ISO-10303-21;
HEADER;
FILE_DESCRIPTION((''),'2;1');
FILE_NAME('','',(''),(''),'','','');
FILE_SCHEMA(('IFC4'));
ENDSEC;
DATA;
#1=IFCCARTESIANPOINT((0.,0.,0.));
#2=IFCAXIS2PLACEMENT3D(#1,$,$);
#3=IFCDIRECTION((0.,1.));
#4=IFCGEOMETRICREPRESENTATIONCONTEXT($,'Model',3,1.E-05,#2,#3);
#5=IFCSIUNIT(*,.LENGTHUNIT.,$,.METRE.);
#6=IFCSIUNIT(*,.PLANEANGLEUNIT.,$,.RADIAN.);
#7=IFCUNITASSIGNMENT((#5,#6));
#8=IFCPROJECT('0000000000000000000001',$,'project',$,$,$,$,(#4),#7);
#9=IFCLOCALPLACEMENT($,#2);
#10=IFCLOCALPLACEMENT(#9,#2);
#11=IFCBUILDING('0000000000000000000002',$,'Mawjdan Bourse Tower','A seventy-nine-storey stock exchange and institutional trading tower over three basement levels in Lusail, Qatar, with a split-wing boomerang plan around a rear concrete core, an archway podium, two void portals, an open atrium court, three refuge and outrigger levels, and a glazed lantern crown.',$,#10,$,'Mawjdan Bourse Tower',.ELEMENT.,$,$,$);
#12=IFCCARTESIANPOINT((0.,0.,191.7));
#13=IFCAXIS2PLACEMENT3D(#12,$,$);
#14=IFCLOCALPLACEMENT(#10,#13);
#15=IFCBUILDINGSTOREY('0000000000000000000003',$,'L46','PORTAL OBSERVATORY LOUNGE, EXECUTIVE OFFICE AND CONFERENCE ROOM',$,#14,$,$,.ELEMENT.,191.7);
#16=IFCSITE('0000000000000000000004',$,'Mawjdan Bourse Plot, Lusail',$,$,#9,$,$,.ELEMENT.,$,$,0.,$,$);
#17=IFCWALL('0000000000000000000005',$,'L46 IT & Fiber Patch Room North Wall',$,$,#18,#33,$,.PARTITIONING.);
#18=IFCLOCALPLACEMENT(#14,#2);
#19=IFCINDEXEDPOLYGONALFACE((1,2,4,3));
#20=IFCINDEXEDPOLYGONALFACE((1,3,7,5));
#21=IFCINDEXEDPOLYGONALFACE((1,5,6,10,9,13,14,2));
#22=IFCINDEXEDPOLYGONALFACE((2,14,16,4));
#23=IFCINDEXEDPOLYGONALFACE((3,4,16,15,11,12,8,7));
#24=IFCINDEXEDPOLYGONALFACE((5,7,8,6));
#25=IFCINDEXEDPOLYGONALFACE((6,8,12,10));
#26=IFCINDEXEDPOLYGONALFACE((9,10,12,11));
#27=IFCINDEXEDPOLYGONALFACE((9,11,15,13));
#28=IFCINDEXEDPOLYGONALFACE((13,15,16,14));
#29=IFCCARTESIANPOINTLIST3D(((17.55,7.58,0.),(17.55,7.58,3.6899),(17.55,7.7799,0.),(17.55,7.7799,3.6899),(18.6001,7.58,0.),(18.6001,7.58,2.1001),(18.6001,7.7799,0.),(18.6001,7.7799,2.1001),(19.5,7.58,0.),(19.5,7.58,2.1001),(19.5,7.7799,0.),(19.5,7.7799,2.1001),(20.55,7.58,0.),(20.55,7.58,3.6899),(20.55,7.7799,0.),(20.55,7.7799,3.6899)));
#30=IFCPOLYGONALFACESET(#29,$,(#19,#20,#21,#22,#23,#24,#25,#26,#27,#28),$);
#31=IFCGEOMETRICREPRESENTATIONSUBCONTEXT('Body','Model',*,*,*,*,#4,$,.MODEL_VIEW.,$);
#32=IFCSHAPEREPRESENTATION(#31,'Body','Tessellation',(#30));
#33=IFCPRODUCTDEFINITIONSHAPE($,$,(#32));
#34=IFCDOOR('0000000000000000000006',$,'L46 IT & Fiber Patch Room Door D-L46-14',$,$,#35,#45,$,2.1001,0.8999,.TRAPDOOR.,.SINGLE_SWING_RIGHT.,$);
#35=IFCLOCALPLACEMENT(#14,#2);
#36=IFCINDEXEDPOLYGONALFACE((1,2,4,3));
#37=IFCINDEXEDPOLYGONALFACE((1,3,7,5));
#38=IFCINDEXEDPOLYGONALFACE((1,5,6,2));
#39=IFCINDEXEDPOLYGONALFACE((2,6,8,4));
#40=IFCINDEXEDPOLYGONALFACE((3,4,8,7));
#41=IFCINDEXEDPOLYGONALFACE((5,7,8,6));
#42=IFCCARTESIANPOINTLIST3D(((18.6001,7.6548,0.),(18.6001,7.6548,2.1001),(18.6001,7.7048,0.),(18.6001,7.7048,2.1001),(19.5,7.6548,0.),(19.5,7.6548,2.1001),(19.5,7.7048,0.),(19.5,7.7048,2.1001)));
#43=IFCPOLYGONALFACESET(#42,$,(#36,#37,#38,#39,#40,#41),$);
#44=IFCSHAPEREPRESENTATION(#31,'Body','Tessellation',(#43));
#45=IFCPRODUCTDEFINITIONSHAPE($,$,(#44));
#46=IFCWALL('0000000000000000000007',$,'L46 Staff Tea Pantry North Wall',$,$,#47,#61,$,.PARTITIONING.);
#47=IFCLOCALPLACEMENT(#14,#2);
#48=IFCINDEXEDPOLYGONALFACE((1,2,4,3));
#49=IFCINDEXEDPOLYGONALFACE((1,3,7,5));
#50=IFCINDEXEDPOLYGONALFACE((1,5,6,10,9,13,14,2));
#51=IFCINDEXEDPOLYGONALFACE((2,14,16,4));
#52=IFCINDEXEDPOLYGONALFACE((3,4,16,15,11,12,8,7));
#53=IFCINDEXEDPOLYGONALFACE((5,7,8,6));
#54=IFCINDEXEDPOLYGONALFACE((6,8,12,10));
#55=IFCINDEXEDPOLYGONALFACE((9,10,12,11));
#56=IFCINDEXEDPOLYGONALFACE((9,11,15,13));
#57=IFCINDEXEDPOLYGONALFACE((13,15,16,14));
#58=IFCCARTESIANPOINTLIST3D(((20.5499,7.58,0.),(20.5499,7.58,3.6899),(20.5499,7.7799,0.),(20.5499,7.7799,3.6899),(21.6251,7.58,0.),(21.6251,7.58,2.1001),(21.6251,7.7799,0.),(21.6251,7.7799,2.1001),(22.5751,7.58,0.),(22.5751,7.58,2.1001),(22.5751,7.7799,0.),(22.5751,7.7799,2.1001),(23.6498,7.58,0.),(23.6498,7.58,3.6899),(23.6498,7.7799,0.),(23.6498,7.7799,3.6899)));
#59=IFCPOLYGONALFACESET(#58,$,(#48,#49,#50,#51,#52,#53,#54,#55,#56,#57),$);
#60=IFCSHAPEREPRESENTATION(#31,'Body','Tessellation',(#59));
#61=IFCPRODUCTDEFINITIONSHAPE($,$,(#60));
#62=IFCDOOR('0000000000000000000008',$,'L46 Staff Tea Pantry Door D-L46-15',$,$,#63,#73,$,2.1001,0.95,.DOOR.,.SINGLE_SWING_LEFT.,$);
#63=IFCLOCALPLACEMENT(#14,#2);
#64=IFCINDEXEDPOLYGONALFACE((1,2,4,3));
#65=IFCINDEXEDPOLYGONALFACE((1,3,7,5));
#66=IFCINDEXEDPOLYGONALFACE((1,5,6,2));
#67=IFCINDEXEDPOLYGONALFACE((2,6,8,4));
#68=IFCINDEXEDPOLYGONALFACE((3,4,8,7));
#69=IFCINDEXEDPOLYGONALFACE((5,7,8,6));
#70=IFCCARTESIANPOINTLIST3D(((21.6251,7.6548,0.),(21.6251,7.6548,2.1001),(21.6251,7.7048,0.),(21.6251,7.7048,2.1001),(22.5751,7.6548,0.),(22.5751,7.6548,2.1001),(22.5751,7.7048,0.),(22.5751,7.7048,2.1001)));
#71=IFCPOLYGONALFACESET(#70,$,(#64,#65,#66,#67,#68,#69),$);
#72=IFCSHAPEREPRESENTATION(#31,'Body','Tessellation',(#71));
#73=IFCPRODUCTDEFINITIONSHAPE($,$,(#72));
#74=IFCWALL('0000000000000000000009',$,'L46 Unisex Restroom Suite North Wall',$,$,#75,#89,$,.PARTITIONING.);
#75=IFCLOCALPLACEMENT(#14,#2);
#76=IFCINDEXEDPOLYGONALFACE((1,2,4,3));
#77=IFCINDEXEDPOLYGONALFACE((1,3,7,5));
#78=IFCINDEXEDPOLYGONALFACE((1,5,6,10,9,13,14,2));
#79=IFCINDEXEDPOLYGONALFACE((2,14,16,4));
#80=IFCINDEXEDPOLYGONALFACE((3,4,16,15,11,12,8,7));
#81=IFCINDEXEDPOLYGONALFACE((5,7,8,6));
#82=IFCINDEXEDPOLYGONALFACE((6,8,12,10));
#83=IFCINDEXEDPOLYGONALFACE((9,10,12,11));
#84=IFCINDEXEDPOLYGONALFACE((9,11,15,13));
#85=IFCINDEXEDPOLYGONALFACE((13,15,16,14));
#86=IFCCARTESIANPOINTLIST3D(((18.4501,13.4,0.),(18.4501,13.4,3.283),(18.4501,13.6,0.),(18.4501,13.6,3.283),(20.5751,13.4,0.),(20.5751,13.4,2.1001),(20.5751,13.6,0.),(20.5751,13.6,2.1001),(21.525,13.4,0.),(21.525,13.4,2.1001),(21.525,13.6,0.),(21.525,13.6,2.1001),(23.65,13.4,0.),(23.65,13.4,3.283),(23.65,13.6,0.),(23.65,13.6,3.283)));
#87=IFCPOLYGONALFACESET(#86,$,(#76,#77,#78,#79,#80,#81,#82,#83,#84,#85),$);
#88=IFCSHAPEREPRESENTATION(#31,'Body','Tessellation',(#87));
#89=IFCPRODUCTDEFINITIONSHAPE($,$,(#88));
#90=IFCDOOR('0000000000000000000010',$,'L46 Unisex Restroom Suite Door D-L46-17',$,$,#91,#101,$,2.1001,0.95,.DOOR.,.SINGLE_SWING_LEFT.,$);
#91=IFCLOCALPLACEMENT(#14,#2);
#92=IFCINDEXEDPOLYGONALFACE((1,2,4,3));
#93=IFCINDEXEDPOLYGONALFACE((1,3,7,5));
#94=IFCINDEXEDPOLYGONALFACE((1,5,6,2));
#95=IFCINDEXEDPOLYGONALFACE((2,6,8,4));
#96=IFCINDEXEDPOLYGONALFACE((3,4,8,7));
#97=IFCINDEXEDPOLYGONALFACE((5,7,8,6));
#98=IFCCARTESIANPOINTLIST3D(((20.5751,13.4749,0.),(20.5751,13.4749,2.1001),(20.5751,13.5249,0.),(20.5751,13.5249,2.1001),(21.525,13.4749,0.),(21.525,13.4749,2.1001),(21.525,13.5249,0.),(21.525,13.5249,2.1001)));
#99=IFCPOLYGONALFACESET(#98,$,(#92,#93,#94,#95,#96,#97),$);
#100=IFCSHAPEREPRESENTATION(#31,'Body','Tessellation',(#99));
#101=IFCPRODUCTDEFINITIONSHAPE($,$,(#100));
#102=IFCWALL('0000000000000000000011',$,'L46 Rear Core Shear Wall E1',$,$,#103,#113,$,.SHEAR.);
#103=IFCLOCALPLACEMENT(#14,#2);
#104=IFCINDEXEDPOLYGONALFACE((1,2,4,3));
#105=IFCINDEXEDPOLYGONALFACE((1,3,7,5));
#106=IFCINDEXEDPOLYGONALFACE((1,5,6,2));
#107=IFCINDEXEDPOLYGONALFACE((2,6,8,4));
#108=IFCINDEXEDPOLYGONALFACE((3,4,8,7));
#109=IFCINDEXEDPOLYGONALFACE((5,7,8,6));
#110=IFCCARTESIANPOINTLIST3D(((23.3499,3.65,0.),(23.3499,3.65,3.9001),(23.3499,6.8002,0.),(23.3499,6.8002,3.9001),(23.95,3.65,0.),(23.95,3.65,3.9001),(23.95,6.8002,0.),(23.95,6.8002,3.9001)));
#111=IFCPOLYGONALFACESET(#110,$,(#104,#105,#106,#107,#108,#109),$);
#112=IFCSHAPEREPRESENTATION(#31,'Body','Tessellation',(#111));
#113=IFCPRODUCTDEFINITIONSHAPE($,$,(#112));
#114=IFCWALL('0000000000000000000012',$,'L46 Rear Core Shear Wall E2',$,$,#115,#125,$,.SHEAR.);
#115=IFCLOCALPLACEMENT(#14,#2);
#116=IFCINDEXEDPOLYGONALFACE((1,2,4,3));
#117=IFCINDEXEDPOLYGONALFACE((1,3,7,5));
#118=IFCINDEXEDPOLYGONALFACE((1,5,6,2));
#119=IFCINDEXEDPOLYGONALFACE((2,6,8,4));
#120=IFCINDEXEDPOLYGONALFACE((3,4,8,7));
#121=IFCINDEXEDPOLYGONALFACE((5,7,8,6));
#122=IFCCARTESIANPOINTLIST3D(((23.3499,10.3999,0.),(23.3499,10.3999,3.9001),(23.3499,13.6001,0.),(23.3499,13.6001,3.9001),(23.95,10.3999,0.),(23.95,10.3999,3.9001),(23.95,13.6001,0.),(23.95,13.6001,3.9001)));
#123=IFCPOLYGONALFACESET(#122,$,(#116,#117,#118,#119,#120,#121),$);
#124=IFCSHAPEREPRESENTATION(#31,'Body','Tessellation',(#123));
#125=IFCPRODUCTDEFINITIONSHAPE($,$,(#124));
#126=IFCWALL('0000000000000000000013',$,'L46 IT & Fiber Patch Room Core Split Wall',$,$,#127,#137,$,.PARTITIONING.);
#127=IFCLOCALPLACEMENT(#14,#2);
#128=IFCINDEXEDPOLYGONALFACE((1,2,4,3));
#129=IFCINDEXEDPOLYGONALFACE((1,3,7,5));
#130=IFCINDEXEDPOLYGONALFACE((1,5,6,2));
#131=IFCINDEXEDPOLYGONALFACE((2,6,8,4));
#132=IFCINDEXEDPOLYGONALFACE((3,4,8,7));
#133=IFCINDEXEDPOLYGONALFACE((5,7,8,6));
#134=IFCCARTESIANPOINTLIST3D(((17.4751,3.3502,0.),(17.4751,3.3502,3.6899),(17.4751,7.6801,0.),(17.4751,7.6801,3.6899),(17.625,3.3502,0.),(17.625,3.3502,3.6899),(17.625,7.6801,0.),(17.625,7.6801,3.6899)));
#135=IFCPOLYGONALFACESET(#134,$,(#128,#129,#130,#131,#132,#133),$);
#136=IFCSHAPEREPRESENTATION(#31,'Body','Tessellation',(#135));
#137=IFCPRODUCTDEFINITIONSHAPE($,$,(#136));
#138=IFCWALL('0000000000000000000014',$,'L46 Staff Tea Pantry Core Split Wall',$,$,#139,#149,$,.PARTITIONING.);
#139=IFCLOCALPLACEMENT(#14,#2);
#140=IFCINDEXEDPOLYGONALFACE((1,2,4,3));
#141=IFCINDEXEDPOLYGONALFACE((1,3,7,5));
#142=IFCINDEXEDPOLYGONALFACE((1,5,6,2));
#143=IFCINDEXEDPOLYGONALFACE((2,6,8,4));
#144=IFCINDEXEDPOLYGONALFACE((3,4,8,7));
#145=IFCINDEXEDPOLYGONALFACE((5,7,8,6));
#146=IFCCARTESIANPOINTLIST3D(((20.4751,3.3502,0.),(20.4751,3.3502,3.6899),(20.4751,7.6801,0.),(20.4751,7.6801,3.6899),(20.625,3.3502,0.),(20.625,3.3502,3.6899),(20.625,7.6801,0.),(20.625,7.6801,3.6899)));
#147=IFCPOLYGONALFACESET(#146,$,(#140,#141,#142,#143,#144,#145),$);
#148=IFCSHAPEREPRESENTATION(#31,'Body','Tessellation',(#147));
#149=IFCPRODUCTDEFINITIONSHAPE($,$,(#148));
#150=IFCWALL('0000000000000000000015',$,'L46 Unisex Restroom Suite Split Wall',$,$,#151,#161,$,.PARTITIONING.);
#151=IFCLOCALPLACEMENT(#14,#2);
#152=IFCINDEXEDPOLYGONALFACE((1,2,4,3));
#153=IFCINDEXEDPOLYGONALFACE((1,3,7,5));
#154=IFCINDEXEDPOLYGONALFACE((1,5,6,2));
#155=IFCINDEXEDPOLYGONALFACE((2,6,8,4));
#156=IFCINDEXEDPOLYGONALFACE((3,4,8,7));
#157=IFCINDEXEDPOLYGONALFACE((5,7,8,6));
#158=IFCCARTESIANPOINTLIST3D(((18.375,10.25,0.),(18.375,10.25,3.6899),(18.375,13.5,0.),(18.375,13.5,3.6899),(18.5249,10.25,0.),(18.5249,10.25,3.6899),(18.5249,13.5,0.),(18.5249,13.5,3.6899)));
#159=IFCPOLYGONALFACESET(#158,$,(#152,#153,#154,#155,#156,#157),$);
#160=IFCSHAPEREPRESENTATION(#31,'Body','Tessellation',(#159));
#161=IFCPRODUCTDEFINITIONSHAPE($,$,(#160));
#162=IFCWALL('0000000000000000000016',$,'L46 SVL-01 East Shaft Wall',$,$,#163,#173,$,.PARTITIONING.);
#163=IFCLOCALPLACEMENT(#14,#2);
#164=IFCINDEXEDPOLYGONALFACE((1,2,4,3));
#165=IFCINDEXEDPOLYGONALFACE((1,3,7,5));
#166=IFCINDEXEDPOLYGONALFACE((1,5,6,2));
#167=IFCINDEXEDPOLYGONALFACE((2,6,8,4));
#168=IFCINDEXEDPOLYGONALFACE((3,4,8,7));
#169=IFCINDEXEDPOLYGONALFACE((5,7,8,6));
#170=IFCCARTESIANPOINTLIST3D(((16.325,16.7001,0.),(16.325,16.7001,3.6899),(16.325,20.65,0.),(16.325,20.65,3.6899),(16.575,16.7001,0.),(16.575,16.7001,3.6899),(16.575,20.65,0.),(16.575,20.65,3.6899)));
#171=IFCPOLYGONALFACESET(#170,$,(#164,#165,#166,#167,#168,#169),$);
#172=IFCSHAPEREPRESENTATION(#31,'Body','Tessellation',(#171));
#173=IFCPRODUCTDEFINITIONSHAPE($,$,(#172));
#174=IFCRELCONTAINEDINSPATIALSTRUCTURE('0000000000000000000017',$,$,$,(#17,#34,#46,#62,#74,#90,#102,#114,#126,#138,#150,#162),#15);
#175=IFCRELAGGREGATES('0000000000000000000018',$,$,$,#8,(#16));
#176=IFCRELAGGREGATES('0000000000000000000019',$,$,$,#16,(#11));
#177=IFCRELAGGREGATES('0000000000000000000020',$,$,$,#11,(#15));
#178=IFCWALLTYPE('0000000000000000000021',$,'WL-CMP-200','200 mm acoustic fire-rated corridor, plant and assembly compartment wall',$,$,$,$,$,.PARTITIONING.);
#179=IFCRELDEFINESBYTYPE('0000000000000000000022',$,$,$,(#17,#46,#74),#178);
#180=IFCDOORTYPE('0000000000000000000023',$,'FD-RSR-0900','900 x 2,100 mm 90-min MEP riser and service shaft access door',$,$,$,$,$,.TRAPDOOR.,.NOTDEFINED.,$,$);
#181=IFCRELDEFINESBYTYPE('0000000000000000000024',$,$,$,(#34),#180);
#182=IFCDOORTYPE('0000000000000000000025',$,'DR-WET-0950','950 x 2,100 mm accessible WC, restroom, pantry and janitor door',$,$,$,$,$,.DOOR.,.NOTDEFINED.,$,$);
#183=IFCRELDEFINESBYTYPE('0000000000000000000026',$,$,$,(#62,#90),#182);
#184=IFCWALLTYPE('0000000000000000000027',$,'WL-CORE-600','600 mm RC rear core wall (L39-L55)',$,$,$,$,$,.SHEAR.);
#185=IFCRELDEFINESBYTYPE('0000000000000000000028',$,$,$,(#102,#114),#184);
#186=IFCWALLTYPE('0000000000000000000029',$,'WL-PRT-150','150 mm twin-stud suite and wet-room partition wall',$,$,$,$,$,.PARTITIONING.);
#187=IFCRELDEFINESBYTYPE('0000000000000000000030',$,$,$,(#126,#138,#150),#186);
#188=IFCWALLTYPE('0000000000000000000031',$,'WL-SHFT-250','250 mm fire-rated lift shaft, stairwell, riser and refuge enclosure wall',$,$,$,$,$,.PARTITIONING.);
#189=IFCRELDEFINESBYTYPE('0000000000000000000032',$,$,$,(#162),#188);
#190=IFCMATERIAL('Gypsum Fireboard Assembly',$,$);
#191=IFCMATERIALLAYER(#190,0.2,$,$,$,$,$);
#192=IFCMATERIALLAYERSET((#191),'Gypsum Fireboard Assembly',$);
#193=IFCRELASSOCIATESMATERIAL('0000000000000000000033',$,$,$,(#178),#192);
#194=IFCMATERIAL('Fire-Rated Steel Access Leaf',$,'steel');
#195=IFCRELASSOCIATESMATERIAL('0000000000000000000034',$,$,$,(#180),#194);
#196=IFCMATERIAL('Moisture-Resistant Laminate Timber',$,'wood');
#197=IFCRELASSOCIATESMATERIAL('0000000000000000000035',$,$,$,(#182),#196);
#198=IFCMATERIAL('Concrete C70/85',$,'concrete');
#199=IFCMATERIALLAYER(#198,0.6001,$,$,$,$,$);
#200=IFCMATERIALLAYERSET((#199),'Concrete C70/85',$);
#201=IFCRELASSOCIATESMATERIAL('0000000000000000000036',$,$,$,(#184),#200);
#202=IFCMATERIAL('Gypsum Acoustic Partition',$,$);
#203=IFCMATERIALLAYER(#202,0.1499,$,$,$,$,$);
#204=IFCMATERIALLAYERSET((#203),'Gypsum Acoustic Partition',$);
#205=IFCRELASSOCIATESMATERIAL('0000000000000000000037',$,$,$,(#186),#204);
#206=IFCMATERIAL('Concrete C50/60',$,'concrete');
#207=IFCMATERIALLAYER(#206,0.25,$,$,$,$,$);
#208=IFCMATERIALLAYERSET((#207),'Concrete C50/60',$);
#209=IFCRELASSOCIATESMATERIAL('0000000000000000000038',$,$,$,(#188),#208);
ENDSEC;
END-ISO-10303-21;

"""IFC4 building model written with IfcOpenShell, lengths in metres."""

from ifc_helpers import new_model, si_unit, direction, frame, frame_2d, origin, place, context, subcontext, project, spatial, rectangle, extrude, material, layer, layer_set, type_object, element, fill, save


model = new_model("IFC4")

# Units and contexts
model_context = context("Model", 3, precision=1e-05, world=origin(), true_north=direction((0.0, 1.0)))
body_context = subcontext(model_context, "Body", "Model", "MODEL_VIEW")
ifc_project = project(units=[si_unit("LENGTHUNIT", "METRE"), si_unit("PLANEANGLEUNIT", "RADIAN")], contexts=[model_context])

# Site, building, storey
site_placement = place(None, origin())
site = spatial("IfcSite", under=ifc_project, at=site_placement, Name="Mawjdan Bourse Plot, Lusail", CompositionType="ELEMENT", RefElevation=0.0)
building_placement = place(site_placement, origin())
building = spatial("IfcBuilding", under=site, at=building_placement, Name="Mawjdan Bourse Tower", Description="A seventy-nine-storey stock exchange and institutional trading tower over three basement levels in Lusail, Qatar, with a split-wing boomerang plan around a rear concrete core, an archway podium, two void portals, an open atrium court, three refuge and outrigger levels, and a glazed lantern crown.", LongName="Mawjdan Bourse Tower", CompositionType="ELEMENT")
storey_placement = place(building_placement, frame((0.0, 0.0, 191.7)))
storey = spatial("IfcBuildingStorey", under=building, at=storey_placement, Name="L46", Description="PORTAL OBSERVATORY LOUNGE, EXECUTIVE OFFICE AND CONFERENCE ROOM", CompositionType="ELEMENT", Elevation=191.7)

# Shared definitions
ifc_material_1 = material(Name="Concrete C70/85", Category="concrete")

# Walls, openings, doors
ifc_material_2 = material(Name="Gypsum Fireboard Assembly")
ifc_layer_1 = layer(ifc_material_2, 0.2)
ifc_layer_set_1 = layer_set([ifc_layer_1], Name="Gypsum Fireboard Assembly")
wall_type_1 = type_object("IfcWallType", Name="WL-CMP-200", Description="200 mm acoustic fire-rated corridor, plant and assembly compartment wall", PredefinedType="PARTITIONING", material=ifc_layer_set_1)
wall_1_placement = place(storey_placement, frame((17.55, 7.6799, 0.0), z_axis=(0.0, 0.0, 1.0), x_axis=(1.0, 0.0, 0.0)))
wall_1 = element("IfcWall", 1, at=wall_1_placement, inside=storey, type_object=wall_type_1, Name="L46 IT & Fiber Patch Room North Wall", PredefinedType="PARTITIONING", context=body_context, shape_type="SweptSolid", body=[
    extrude(rectangle(XDim=3.0, YDim=0.2, at=frame_2d((1.5, 0.0))), origin(), (0.0, 0.0, 1.0), 3.6899),
])
opening_1_placement = place(wall_1_placement, frame((1.05, 0.0, 0.0)))
opening_1 = element("IfcOpeningElement", 2, at=opening_1_placement, cuts=wall_1, PredefinedType="OPENING", context=body_context, shape_type="SweptSolid", body=[
    extrude(rectangle(XDim=0.8999, YDim=2.1001, at=frame_2d((0.45, 1.05))), frame((0.0, 0.1099, 0.0), z_axis=(0.0, -1.0, 0.0), x_axis=(1.0, 0.0, 0.0)), (0.0, 0.0, 1.0), 0.22),
])
ifc_material_3 = material(Name="Fire-Rated Steel Access Leaf", Category="steel")
door_type_1 = type_object("IfcDoorType", Name="FD-RSR-0900", Description="900 x 2,100 mm 90-min MEP riser and service shaft access door", OperationType="NOTDEFINED", PredefinedType="TRAPDOOR", material=ifc_material_3)
door_1_placement = place(opening_1_placement, origin())
door_1 = element("IfcDoor", 3, at=door_1_placement, inside=storey, type_object=door_type_1, Name="L46 IT & Fiber Patch Room Door D-L46-14", OperationType="SINGLE_SWING_RIGHT", OverallHeight=2.1001, OverallWidth=0.8999, PredefinedType="TRAPDOOR", context=body_context, shape_type="SweptSolid", body=[
    extrude(rectangle(XDim=0.8999, YDim=2.1001, at=frame_2d((0.45, 1.05))), frame((0.0, 0.0249, 0.0), z_axis=(0.0, -1.0, 0.0), x_axis=(1.0, 0.0, 0.0)), (0.0, 0.0, 1.0), 0.05),
])
fill(opening_1, door_1)
wall_2_placement = place(storey_placement, frame((20.55, 7.6799, 0.0), z_axis=(0.0, 0.0, 1.0), x_axis=(1.0, 0.0, 0.0)))
wall_2 = element("IfcWall", 4, at=wall_2_placement, inside=storey, type_object=wall_type_1, Name="L46 Staff Tea Pantry North Wall", PredefinedType="PARTITIONING", context=body_context, shape_type="SweptSolid", body=[
    extrude(rectangle(XDim=3.0999, YDim=0.2, at=frame_2d((1.5498, 0.0))), origin(), (0.0, 0.0, 1.0), 3.6899),
])
opening_2_placement = place(wall_2_placement, frame((1.075, 0.0, 0.0)))
opening_2 = element("IfcOpeningElement", 5, at=opening_2_placement, cuts=wall_2, PredefinedType="OPENING", context=body_context, shape_type="SweptSolid", body=[
    extrude(rectangle(XDim=0.95, YDim=2.1001, at=frame_2d((0.4751, 1.05))), frame((0.0, 0.1099, 0.0), z_axis=(0.0, -1.0, 0.0), x_axis=(1.0, 0.0, 0.0)), (0.0, 0.0, 1.0), 0.22),
])
ifc_material_4 = material(Name="Moisture-Resistant Laminate Timber", Category="wood")
door_type_2 = type_object("IfcDoorType", Name="DR-WET-0950", Description="950 x 2,100 mm accessible WC, restroom, pantry and janitor door", OperationType="NOTDEFINED", PredefinedType="DOOR", material=ifc_material_4)
door_2_placement = place(opening_2_placement, origin())
door_2 = element("IfcDoor", 6, at=door_2_placement, inside=storey, type_object=door_type_2, Name="L46 Staff Tea Pantry Door D-L46-15", OperationType="SINGLE_SWING_LEFT", OverallHeight=2.1001, OverallWidth=0.95, PredefinedType="DOOR", context=body_context, shape_type="SweptSolid", body=[
    extrude(rectangle(XDim=0.95, YDim=2.1001, at=frame_2d((0.4751, 1.05))), frame((0.0, 0.0249, 0.0), z_axis=(0.0, -1.0, 0.0), x_axis=(1.0, 0.0, 0.0)), (0.0, 0.0, 1.0), 0.05),
])
fill(opening_2, door_2)
wall_3_placement = place(storey_placement, frame((18.45, 13.5, 0.0), z_axis=(0.0, 0.0, 1.0), x_axis=(1.0, 0.0, 0.0)))
wall_3 = element("IfcWall", 7, at=wall_3_placement, inside=storey, type_object=wall_type_1, Name="L46 Unisex Restroom Suite North Wall", PredefinedType="PARTITIONING", context=body_context, shape_type="SweptSolid", body=[
    extrude(rectangle(XDim=5.2, YDim=0.2, at=frame_2d((2.6001, 0.0))), origin(), (0.0, 0.0, 1.0), 3.283),
])
opening_3_placement = place(wall_3_placement, frame((2.125, 0.0, 0.0)))
opening_3 = element("IfcOpeningElement", 8, at=opening_3_placement, cuts=wall_3, PredefinedType="OPENING", context=body_context, shape_type="SweptSolid", body=[
    extrude(rectangle(XDim=0.95, YDim=2.1001, at=frame_2d((0.4751, 1.05))), frame((0.0, 0.1099, 0.0), z_axis=(0.0, -1.0, 0.0), x_axis=(1.0, 0.0, 0.0)), (0.0, 0.0, 1.0), 0.22),
])
door_3_placement = place(opening_3_placement, origin())
door_3 = element("IfcDoor", 9, at=door_3_placement, inside=storey, type_object=door_type_2, Name="L46 Unisex Restroom Suite Door D-L46-17", OperationType="SINGLE_SWING_LEFT", OverallHeight=2.1001, OverallWidth=0.95, PredefinedType="DOOR", context=body_context, shape_type="SweptSolid", body=[
    extrude(rectangle(XDim=0.95, YDim=2.1001, at=frame_2d((0.4751, 1.05))), frame((0.0, 0.0249, 0.0), z_axis=(0.0, -1.0, 0.0), x_axis=(1.0, 0.0, 0.0)), (0.0, 0.0, 1.0), 0.05),
])
fill(opening_3, door_3)

# Walls
ifc_layer_2 = layer(ifc_material_1, 0.6001)
ifc_layer_set_2 = layer_set([ifc_layer_2], Name="Concrete C70/85")
wall_type_2 = type_object("IfcWallType", Name="WL-CORE-600", Description="600 mm RC rear core wall (L39-L55)", PredefinedType="SHEAR", material=ifc_layer_set_2)
wall_4_placement = place(storey_placement, frame((23.6499, 3.6499, 0.0), z_axis=(0.0, 0.0, 1.0), x_axis=(0.0, 1.0, 0.0)))
element("IfcWall", 10, at=wall_4_placement, inside=storey, type_object=wall_type_2, Name="L46 Rear Core Shear Wall E1", PredefinedType="SHEAR", context=body_context, shape_type="SweptSolid", body=[
    extrude(rectangle(XDim=3.1501, YDim=0.6001, at=frame_2d((1.5752, 0.0))), origin(), (0.0, 0.0, 1.0), 3.9001),
])
wall_5_placement = place(storey_placement, frame((23.6499, 10.3999, 0.0), z_axis=(0.0, 0.0, 1.0), x_axis=(0.0, 1.0, 0.0)))
element("IfcWall", 11, at=wall_5_placement, inside=storey, type_object=wall_type_2, Name="L46 Rear Core Shear Wall E2", PredefinedType="SHEAR", context=body_context, shape_type="SweptSolid", body=[
    extrude(rectangle(XDim=3.2002, YDim=0.6001, at=frame_2d((1.6001, 0.0))), origin(), (0.0, 0.0, 1.0), 3.9001),
])
ifc_material_5 = material(Name="Gypsum Acoustic Partition")
ifc_layer_3 = layer(ifc_material_5, 0.1499)
ifc_layer_set_3 = layer_set([ifc_layer_3], Name="Gypsum Acoustic Partition")
wall_type_3 = type_object("IfcWallType", Name="WL-PRT-150", Description="150 mm twin-stud suite and wet-room partition wall", PredefinedType="PARTITIONING", material=ifc_layer_set_3)
for number, where, z_axis, x_axis, name in (
    (12, (17.55, 3.3501, 0.0), (0.0, 0.0, 1.0), (0.0, 1.0, 0.0), "L46 IT & Fiber Patch Room Core Split Wall"),
    (13, (20.55, 3.3501, 0.0), (0.0, 0.0, 1.0), (0.0, 1.0, 0.0), "L46 Staff Tea Pantry Core Split Wall"),
):
    element("IfcWall", number, at=place(storey_placement, frame(where, z_axis=z_axis, x_axis=x_axis)), inside=storey, type_object=wall_type_3, Name=name, PredefinedType="PARTITIONING", context=body_context, shape_type="SweptSolid", body=[
        extrude(rectangle(XDim=4.3298, YDim=0.1499, at=frame_2d((2.165, 0.0))), origin(), (0.0, 0.0, 1.0), 3.6899),
    ])
wall_6_placement = place(storey_placement, frame((18.45, 10.25, 0.0), z_axis=(0.0, 0.0, 1.0), x_axis=(0.0, 1.0, 0.0)))
element("IfcWall", 14, at=wall_6_placement, inside=storey, type_object=wall_type_3, Name="L46 Unisex Restroom Suite Split Wall", PredefinedType="PARTITIONING", context=body_context, shape_type="SweptSolid", body=[
    extrude(rectangle(XDim=3.25, YDim=0.1499, at=frame_2d((1.625, 0.0))), origin(), (0.0, 0.0, 1.0), 3.6899),
])
ifc_material_6 = material(Name="Concrete C50/60", Category="concrete")
ifc_layer_4 = layer(ifc_material_6, 0.25)
ifc_layer_set_4 = layer_set([ifc_layer_4], Name="Concrete C50/60")
wall_type_4 = type_object("IfcWallType", Name="WL-SHFT-250", Description="250 mm fire-rated lift shaft, stairwell, riser and refuge enclosure wall", PredefinedType="PARTITIONING", material=ifc_layer_set_4)
wall_7_placement = place(storey_placement, frame((16.45, 16.7, 0.0), z_axis=(0.0, 0.0, 1.0), x_axis=(0.0, 1.0, 0.0)))
element("IfcWall", 15, at=wall_7_placement, inside=storey, type_object=wall_type_4, Name="L46 SVL-01 East Shaft Wall", PredefinedType="PARTITIONING", context=body_context, shape_type="SweptSolid", body=[
    extrude(rectangle(XDim=3.95, YDim=0.25, at=frame_2d((1.9751, 0.0))), origin(), (0.0, 0.0, 1.0), 3.6899),
])

save(model, "model.ifc")
